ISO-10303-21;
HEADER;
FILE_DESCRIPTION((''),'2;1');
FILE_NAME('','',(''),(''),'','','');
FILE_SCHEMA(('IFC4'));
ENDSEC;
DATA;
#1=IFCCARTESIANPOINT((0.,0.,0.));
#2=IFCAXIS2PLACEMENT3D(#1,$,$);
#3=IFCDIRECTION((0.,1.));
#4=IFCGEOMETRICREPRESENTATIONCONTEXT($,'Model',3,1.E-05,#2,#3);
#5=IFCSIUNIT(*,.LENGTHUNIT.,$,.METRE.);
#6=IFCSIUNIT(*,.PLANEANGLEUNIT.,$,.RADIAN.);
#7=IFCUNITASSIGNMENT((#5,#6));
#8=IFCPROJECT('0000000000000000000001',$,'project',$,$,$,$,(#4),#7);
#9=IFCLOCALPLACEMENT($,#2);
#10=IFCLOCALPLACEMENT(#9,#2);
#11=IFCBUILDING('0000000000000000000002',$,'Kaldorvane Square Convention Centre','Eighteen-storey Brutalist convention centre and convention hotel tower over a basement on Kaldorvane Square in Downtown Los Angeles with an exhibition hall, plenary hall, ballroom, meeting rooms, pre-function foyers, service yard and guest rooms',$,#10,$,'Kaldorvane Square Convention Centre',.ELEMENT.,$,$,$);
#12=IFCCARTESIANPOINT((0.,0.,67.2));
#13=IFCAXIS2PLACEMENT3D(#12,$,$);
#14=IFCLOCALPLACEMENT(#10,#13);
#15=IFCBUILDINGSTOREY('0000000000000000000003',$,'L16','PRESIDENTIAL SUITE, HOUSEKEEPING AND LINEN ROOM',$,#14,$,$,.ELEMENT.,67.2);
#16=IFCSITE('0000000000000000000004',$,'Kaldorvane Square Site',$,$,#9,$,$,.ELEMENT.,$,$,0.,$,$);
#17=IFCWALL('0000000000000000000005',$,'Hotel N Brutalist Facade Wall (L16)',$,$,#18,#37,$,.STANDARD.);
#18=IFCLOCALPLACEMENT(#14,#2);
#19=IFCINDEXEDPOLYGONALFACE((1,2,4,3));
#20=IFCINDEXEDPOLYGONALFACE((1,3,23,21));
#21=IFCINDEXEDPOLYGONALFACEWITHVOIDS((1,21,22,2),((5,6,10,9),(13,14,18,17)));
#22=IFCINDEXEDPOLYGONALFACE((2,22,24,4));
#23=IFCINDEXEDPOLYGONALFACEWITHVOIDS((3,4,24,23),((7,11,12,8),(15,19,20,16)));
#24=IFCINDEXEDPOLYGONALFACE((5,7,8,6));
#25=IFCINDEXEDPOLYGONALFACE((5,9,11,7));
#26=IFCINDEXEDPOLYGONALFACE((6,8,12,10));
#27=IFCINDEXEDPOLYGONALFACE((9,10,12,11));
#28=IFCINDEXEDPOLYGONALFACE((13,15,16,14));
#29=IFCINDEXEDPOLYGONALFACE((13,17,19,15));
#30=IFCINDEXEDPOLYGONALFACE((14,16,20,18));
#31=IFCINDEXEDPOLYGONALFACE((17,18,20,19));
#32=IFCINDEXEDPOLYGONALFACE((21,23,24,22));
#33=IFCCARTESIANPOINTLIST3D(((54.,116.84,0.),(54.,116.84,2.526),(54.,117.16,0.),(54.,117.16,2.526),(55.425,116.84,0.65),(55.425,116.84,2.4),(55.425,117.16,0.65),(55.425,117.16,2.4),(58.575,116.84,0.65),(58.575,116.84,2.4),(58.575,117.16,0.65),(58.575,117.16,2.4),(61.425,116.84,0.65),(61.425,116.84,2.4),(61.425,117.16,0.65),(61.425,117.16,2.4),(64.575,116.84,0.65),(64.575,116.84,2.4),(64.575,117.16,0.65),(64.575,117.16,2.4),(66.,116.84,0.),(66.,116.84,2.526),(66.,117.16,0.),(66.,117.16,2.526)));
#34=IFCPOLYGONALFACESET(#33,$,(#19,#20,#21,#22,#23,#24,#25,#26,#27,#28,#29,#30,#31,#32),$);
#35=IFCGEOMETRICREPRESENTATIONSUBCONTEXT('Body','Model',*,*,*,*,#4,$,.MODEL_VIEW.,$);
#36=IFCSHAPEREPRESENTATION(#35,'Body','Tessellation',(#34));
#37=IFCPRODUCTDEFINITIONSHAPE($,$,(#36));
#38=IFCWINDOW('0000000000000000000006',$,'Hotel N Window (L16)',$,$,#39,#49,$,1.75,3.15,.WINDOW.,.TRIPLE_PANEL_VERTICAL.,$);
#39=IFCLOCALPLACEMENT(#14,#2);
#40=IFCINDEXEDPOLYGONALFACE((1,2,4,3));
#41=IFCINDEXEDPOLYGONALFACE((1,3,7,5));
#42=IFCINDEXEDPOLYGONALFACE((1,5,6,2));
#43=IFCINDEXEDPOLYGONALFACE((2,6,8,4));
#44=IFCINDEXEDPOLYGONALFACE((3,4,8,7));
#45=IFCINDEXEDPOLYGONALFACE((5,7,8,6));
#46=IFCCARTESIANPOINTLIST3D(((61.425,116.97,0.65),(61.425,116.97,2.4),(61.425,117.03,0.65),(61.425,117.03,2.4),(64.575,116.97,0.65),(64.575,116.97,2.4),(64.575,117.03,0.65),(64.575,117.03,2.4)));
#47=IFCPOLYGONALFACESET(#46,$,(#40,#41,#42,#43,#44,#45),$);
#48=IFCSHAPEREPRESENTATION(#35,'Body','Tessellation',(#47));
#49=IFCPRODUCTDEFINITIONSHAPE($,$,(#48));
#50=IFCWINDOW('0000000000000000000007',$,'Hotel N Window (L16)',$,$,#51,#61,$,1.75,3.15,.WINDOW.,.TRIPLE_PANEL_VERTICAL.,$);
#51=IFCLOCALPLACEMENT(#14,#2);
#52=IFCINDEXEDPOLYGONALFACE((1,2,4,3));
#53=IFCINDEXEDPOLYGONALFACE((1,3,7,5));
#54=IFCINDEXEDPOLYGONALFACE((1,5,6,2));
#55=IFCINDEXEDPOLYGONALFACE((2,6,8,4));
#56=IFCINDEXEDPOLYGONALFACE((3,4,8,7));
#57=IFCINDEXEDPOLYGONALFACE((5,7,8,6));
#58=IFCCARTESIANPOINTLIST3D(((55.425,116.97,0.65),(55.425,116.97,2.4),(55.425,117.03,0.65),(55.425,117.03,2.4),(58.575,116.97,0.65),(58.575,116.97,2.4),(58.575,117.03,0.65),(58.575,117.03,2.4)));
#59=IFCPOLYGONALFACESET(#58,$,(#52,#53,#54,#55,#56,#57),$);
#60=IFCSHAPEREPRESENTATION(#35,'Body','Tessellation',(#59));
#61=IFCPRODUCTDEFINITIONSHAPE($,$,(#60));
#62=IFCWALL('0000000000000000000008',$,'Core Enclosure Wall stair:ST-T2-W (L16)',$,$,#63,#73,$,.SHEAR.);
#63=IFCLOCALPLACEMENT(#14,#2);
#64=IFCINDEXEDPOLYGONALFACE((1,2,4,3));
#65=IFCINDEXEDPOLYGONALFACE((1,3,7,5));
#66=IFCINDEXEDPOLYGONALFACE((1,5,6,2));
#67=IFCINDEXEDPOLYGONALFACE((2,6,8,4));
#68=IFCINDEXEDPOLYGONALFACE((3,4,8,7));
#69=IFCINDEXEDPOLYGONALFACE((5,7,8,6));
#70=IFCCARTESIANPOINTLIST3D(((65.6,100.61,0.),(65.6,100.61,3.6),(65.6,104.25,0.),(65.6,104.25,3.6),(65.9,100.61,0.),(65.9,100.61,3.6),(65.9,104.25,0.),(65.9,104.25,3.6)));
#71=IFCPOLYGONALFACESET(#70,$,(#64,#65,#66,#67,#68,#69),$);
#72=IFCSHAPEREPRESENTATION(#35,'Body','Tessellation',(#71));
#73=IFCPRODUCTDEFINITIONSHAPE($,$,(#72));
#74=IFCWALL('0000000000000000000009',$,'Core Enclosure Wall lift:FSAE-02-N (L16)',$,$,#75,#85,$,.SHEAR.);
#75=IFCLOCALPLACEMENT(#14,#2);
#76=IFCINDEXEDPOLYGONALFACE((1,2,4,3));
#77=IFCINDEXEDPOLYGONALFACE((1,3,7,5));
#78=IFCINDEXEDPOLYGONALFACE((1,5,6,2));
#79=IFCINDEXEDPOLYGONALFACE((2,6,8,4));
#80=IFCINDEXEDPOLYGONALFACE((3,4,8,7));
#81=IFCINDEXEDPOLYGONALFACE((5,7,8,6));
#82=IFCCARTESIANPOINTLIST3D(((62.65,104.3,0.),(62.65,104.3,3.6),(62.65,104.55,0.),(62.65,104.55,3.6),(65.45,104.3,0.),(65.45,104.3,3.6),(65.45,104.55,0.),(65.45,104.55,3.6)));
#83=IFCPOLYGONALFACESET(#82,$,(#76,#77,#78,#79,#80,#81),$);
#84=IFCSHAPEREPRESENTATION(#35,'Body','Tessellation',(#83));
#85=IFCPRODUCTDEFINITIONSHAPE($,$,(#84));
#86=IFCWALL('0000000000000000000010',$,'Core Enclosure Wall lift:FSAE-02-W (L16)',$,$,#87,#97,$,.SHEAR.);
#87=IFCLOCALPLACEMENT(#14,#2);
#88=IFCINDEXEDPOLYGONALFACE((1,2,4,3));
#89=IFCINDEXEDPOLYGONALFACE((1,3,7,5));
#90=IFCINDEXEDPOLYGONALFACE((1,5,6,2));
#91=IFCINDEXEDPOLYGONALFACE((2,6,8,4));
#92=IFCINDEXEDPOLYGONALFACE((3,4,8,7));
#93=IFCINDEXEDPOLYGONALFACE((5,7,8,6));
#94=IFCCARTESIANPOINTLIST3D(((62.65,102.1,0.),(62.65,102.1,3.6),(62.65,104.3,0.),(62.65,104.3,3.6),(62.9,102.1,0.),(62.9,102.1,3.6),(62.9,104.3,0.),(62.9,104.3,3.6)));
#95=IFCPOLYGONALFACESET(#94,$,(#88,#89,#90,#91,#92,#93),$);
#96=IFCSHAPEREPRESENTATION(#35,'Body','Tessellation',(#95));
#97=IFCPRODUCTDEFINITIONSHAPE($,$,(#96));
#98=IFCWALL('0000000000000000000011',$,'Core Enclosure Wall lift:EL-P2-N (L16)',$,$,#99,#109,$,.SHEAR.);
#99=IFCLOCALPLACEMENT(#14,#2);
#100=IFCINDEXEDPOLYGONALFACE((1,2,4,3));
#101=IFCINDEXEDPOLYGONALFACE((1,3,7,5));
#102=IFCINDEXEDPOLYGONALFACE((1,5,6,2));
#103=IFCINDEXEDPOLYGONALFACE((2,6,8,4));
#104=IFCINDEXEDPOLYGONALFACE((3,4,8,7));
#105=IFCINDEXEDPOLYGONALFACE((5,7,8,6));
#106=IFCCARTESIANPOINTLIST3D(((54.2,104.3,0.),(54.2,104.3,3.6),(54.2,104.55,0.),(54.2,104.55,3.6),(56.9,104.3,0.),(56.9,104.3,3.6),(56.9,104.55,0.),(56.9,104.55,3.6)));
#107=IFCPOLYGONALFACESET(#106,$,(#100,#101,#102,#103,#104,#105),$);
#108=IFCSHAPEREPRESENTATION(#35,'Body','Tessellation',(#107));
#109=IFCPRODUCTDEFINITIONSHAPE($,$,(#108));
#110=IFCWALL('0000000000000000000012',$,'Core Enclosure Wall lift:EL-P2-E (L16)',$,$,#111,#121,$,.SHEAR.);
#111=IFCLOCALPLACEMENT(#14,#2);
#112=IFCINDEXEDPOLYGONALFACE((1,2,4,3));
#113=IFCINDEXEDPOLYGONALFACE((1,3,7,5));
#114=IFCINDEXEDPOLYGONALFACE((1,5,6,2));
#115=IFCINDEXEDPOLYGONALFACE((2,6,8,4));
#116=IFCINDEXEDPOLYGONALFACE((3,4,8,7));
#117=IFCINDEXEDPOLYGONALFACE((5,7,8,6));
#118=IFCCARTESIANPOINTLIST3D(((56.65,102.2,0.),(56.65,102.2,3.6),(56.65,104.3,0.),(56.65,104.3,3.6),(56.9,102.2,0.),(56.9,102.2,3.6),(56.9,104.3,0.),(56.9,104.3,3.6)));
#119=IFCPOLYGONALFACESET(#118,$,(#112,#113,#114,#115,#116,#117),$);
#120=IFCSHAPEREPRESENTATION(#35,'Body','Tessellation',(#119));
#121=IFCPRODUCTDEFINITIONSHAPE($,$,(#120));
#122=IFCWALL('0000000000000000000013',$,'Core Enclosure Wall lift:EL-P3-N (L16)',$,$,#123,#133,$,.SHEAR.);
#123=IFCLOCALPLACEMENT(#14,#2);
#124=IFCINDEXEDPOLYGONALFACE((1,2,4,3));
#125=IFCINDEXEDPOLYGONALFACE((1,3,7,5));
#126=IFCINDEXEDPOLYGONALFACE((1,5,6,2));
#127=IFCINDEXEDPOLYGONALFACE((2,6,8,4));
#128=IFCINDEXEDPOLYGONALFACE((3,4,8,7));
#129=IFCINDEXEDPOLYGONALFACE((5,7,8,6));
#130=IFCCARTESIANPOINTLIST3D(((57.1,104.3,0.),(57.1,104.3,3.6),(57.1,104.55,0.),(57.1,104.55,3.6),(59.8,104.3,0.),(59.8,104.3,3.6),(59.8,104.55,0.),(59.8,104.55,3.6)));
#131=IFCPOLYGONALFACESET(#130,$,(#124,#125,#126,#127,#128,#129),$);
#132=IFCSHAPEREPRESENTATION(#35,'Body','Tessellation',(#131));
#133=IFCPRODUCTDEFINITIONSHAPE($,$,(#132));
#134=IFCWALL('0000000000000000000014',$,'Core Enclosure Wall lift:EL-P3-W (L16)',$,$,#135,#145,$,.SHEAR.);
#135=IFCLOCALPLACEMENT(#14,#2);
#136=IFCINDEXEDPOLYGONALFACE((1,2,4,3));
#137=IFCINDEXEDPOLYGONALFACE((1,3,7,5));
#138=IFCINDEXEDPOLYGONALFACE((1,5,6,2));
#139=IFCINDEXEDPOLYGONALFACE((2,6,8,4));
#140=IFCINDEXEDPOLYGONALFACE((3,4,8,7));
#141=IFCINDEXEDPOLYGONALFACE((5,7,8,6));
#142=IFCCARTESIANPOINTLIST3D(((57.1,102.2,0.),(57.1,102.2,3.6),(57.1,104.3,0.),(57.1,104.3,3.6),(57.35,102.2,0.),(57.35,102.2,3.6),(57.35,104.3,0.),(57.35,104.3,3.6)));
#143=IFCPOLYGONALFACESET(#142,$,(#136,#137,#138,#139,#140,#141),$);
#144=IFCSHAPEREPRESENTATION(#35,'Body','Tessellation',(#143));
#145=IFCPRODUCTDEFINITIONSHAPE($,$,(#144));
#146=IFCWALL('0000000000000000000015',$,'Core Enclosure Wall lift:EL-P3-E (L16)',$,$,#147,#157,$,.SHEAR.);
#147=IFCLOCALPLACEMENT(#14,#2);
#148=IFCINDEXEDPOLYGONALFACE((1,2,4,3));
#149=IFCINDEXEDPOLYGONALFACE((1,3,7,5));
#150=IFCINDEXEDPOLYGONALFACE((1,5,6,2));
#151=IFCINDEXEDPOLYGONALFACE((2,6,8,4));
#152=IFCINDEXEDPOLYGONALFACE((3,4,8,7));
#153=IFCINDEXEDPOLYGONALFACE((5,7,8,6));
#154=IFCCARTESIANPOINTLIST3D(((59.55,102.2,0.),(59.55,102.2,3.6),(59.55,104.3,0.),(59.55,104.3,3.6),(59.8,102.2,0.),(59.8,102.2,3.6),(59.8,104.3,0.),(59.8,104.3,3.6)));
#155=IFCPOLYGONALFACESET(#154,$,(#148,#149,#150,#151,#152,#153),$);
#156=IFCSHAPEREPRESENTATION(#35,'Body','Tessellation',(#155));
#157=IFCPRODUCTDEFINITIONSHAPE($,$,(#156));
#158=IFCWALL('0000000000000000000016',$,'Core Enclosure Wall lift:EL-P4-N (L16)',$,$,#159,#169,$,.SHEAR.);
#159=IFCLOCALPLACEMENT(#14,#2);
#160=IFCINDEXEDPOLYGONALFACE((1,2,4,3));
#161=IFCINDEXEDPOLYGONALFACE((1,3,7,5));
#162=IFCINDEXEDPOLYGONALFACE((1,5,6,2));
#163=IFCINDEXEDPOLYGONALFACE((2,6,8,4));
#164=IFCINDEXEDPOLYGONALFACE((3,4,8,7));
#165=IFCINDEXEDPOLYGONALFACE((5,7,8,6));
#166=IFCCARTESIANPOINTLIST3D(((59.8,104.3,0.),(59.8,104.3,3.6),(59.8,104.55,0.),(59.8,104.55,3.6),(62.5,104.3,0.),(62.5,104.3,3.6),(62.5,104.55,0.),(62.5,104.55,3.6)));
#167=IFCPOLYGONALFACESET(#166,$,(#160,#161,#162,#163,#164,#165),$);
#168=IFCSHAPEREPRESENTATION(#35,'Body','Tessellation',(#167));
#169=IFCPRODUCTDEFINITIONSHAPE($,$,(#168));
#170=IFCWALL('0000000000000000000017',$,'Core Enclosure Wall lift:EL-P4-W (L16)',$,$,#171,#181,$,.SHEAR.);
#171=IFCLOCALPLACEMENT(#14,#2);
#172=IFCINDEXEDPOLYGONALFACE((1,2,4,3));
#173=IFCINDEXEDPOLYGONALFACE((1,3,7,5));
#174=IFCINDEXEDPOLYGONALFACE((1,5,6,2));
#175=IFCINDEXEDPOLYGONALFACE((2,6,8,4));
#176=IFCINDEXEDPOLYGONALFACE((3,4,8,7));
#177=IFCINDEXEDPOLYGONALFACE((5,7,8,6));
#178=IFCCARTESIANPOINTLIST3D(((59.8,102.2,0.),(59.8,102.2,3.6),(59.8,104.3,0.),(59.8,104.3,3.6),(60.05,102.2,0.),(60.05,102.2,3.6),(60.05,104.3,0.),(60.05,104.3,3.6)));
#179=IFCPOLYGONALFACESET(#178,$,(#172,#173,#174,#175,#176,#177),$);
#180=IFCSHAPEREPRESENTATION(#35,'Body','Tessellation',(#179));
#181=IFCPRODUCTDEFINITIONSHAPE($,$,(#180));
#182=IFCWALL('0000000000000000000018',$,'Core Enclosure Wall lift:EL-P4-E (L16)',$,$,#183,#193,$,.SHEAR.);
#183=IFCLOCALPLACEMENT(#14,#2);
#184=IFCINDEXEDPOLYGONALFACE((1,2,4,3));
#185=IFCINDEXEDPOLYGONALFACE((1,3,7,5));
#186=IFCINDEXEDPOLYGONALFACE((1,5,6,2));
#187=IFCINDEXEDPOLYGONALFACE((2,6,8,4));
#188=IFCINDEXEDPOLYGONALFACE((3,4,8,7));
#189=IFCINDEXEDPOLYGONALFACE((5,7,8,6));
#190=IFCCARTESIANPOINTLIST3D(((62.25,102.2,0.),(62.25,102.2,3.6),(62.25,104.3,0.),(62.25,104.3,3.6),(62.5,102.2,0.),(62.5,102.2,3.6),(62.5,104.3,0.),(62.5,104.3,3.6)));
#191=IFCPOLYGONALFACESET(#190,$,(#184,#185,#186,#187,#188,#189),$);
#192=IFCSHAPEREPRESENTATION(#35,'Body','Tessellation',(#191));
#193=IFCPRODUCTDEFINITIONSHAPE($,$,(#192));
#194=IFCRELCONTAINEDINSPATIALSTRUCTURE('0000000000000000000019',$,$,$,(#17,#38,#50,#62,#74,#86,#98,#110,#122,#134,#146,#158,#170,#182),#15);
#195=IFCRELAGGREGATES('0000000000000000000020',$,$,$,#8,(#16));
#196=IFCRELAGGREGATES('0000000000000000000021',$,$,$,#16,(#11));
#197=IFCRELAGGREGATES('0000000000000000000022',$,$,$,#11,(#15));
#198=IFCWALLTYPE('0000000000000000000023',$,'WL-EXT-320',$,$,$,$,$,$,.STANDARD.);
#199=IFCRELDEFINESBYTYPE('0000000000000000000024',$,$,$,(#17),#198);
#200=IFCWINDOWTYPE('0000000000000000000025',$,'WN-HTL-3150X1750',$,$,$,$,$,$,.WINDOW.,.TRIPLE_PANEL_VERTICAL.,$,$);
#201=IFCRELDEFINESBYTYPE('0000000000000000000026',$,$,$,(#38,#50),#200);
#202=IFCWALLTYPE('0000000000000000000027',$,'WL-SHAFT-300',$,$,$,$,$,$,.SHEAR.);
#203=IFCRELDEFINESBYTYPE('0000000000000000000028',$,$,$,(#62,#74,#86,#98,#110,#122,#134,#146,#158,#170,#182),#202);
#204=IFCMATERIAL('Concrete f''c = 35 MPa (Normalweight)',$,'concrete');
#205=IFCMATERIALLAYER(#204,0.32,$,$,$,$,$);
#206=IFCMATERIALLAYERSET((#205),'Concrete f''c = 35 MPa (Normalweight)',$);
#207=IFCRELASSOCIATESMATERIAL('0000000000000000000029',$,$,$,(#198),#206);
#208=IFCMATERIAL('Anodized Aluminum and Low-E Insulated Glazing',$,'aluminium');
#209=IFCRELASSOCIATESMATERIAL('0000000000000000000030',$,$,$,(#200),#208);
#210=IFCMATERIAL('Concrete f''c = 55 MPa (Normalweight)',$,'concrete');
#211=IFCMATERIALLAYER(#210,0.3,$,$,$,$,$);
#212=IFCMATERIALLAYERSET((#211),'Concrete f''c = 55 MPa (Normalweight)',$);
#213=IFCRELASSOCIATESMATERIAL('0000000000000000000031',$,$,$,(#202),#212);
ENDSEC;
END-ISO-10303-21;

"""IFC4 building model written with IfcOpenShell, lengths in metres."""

from ifc_helpers import new_model, si_unit, direction, frame, frame_2d, origin, place, context, subcontext, project, spatial, rectangle, extrude, material, layer, layer_set, type_object, element, fill, save


model = new_model("IFC4")

# Units and contexts
model_context = context("Model", 3, precision=1e-05, world=origin(), true_north=direction((0.0, 1.0)))
body_context = subcontext(model_context, "Body", "Model", "MODEL_VIEW")
ifc_project = project(units=[si_unit("LENGTHUNIT", "METRE"), si_unit("PLANEANGLEUNIT", "RADIAN")], contexts=[model_context])

# Site, building, storey
site_placement = place(None, origin())
site = spatial("IfcSite", under=ifc_project, at=site_placement, Name="Kaldorvane Square Site", CompositionType="ELEMENT", RefElevation=0.0)
building_placement = place(site_placement, origin())
building = spatial("IfcBuilding", under=site, at=building_placement, Name="Kaldorvane Square Convention Centre", Description="Eighteen-storey Brutalist convention centre and convention hotel tower over a basement on Kaldorvane Square in Downtown Los Angeles with an exhibition hall, plenary hall, ballroom, meeting rooms, pre-function foyers, service yard and guest rooms", LongName="Kaldorvane Square Convention Centre", CompositionType="ELEMENT")
storey_placement = place(building_placement, frame((0.0, 0.0, 67.2)))
storey = spatial("IfcBuildingStorey", under=building, at=storey_placement, Name="L16", Description="PRESIDENTIAL SUITE, HOUSEKEEPING AND LINEN ROOM", CompositionType="ELEMENT", Elevation=67.2)

# Wall, openings, windows
ifc_material_1 = material(Name="Concrete f'c = 35 MPa (Normalweight)", Category="concrete")
ifc_layer_1 = layer(ifc_material_1, 0.32)
ifc_layer_set_1 = layer_set([ifc_layer_1], Name="Concrete f'c = 35 MPa (Normalweight)")
wall_type_1 = type_object("IfcWallType", Name="WL-EXT-320", PredefinedType="STANDARD", material=ifc_layer_set_1)
wall_1_placement = place(storey_placement, frame((66.0, 117.0, 0.0), z_axis=(0.0, 0.0, 1.0), x_axis=(-1.0, 0.0, 0.0)))
wall_1 = element("IfcWall", 1, at=wall_1_placement, inside=storey, type_object=wall_type_1, Name="Hotel N Brutalist Facade Wall (L16)", PredefinedType="STANDARD", context=body_context, shape_type="SweptSolid", body=[
    extrude(rectangle(XDim=12.0, YDim=0.32, at=frame_2d((6.0, 0.0))), origin(), (0.0, 0.0, 1.0), 2.526),
])
opening_1_placement = place(wall_1_placement, frame((1.425, 0.0, 0.65)))
opening_1 = element("IfcOpeningElement", 2, at=opening_1_placement, cuts=wall_1, PredefinedType="OPENING", context=body_context, shape_type="SweptSolid", body=[
    extrude(rectangle(XDim=3.15, YDim=1.75, at=frame_2d((1.575, 0.875))), frame((0.0, 0.175, 0.0), z_axis=(0.0, -1.0, 0.0), x_axis=(1.0, 0.0, 0.0)), (0.0, 0.0, 1.0), 0.35),
])
opening_2_placement = place(wall_1_placement, frame((7.425, 0.0, 0.65)))
opening_2 = element("IfcOpeningElement", 3, at=opening_2_placement, cuts=wall_1, PredefinedType="OPENING", context=body_context, shape_type="SweptSolid", body=[
    extrude(rectangle(XDim=3.15, YDim=1.75, at=frame_2d((1.575, 0.875))), frame((0.0, 0.175, 0.0), z_axis=(0.0, -1.0, 0.0), x_axis=(1.0, 0.0, 0.0)), (0.0, 0.0, 1.0), 0.35),
])
ifc_material_2 = material(Name="Anodized Aluminum and Low-E Insulated Glazing", Category="aluminium")
window_type = type_object("IfcWindowType", Name="WN-HTL-3150X1750", PartitioningType="TRIPLE_PANEL_VERTICAL", PredefinedType="WINDOW", material=ifc_material_2)
window_1_placement = place(opening_1_placement, origin())
window_1 = element("IfcWindow", 4, at=window_1_placement, inside=storey, type_object=window_type, Name="Hotel N Window (L16)", OverallHeight=1.75, OverallWidth=3.15, PartitioningType="TRIPLE_PANEL_VERTICAL", PredefinedType="WINDOW", context=body_context, shape_type="SweptSolid", body=[
    extrude(rectangle(XDim=3.15, YDim=1.75, at=frame_2d((1.575, 0.875))), frame((0.0, 0.03, 0.0), z_axis=(0.0, -1.0, 0.0), x_axis=(1.0, 0.0, 0.0)), (0.0, 0.0, 1.0), 0.06),
])
fill(opening_1, window_1)
window_2_placement = place(opening_2_placement, origin())
window_2 = element("IfcWindow", 5, at=window_2_placement, inside=storey, type_object=window_type, Name="Hotel N Window (L16)", OverallHeight=1.75, OverallWidth=3.15, PartitioningType="TRIPLE_PANEL_VERTICAL", PredefinedType="WINDOW", context=body_context, shape_type="SweptSolid", body=[
    extrude(rectangle(XDim=3.15, YDim=1.75, at=frame_2d((1.575, 0.875))), frame((0.0, 0.03, 0.0), z_axis=(0.0, -1.0, 0.0), x_axis=(1.0, 0.0, 0.0)), (0.0, 0.0, 1.0), 0.06),
])
fill(opening_2, window_2)

# Walls
ifc_material_3 = material(Name="Concrete f'c = 55 MPa (Normalweight)", Category="concrete")
ifc_layer_2 = layer(ifc_material_3, 0.3)
ifc_layer_set_2 = layer_set([ifc_layer_2], Name="Concrete f'c = 55 MPa (Normalweight)")
wall_type_2 = type_object("IfcWallType", Name="WL-SHAFT-300", PredefinedType="SHEAR", material=ifc_layer_set_2)
wall_2_placement = place(storey_placement, frame((65.75, 104.25, 0.0), z_axis=(0.0, 0.0, 1.0), x_axis=(0.0, -1.0, 0.0)))
element("IfcWall", 6, at=wall_2_placement, inside=storey, type_object=wall_type_2, Name="Core Enclosure Wall stair:ST-T2-W (L16)", PredefinedType="SHEAR", context=body_context, shape_type="SweptSolid", body=[
    extrude(rectangle(XDim=3.64, YDim=0.3, at=frame_2d((1.82, 0.0))), origin(), (0.0, 0.0, 1.0), 3.6),
])
wall_3_placement = place(storey_placement, frame((65.45, 104.425, 0.0), z_axis=(0.0, 0.0, 1.0), x_axis=(-1.0, 0.0, 0.0)))
element("IfcWall", 7, at=wall_3_placement, inside=storey, type_object=wall_type_2, Name="Core Enclosure Wall lift:FSAE-02-N (L16)", PredefinedType="SHEAR", context=body_context, shape_type="SweptSolid", body=[
    extrude(rectangle(XDim=2.8, YDim=0.25, at=frame_2d((1.4, 0.0))), origin(), (0.0, 0.0, 1.0), 3.6),
])
wall_4_placement = place(storey_placement, frame((62.775, 104.3, 0.0), z_axis=(0.0, 0.0, 1.0), x_axis=(0.0, -1.0, 0.0)))
element("IfcWall", 8, at=wall_4_placement, inside=storey, type_object=wall_type_2, Name="Core Enclosure Wall lift:FSAE-02-W (L16)", PredefinedType="SHEAR", context=body_context, shape_type="SweptSolid", body=[
    extrude(rectangle(XDim=2.2, YDim=0.25, at=frame_2d((1.1, 0.0))), origin(), (0.0, 0.0, 1.0), 3.6),
])
wall_5_placement = place(storey_placement, frame((56.9, 104.425, 0.0), z_axis=(0.0, 0.0, 1.0), x_axis=(-1.0, 0.0, 0.0)))
element("IfcWall", 9, at=wall_5_placement, inside=storey, type_object=wall_type_2, Name="Core Enclosure Wall lift:EL-P2-N (L16)", PredefinedType="SHEAR", context=body_context, shape_type="SweptSolid", body=[
    extrude(rectangle(XDim=2.7, YDim=0.25, at=frame_2d((1.35, 0.0))), origin(), (0.0, 0.0, 1.0), 3.6),
])
wall_6_placement = place(storey_placement, frame((56.775, 102.2, 0.0), z_axis=(0.0, 0.0, 1.0), x_axis=(0.0, 1.0, 0.0)))
element("IfcWall", 10, at=wall_6_placement, inside=storey, type_object=wall_type_2, Name="Core Enclosure Wall lift:EL-P2-E (L16)", PredefinedType="SHEAR", context=body_context, shape_type="SweptSolid", body=[
    extrude(rectangle(XDim=2.1, YDim=0.25, at=frame_2d((1.05, 0.0))), origin(), (0.0, 0.0, 1.0), 3.6),
])
wall_7_placement = place(storey_placement, frame((59.8, 104.425, 0.0), z_axis=(0.0, 0.0, 1.0), x_axis=(-1.0, 0.0, 0.0)))
element("IfcWall", 11, at=wall_7_placement, inside=storey, type_object=wall_type_2, Name="Core Enclosure Wall lift:EL-P3-N (L16)", PredefinedType="SHEAR", context=body_context, shape_type="SweptSolid", body=[
    extrude(rectangle(XDim=2.7, YDim=0.25, at=frame_2d((1.35, 0.0))), origin(), (0.0, 0.0, 1.0), 3.6),
])
for number, where, z_axis, x_axis, name in (
    (12, (57.225, 104.3, 0.0), (0.0, 0.0, 1.0), (0.0, -1.0, 0.0), "Core Enclosure Wall lift:EL-P3-W (L16)"),
    (13, (59.675, 102.2, 0.0), (0.0, 0.0, 1.0), (0.0, 1.0, 0.0), "Core Enclosure Wall lift:EL-P3-E (L16)"),
):
    element("IfcWall", number, at=place(storey_placement, frame(where, z_axis=z_axis, x_axis=x_axis)), inside=storey, type_object=wall_type_2, Name=name, PredefinedType="SHEAR", context=body_context, shape_type="SweptSolid", body=[
        extrude(rectangle(XDim=2.1, YDim=0.25, at=frame_2d((1.05, 0.0))), origin(), (0.0, 0.0, 1.0), 3.6),
    ])
wall_8_placement = place(storey_placement, frame((62.5, 104.425, 0.0), z_axis=(0.0, 0.0, 1.0), x_axis=(-1.0, 0.0, 0.0)))
element("IfcWall", 14, at=wall_8_placement, inside=storey, type_object=wall_type_2, Name="Core Enclosure Wall lift:EL-P4-N (L16)", PredefinedType="SHEAR", context=body_context, shape_type="SweptSolid", body=[
    extrude(rectangle(XDim=2.7, YDim=0.25, at=frame_2d((1.35, 0.0))), origin(), (0.0, 0.0, 1.0), 3.6),
])
for number, where, z_axis, x_axis, name in (
    (15, (59.925, 104.3, 0.0), (0.0, 0.0, 1.0), (0.0, -1.0, 0.0), "Core Enclosure Wall lift:EL-P4-W (L16)"),
    (16, (62.375, 102.2, 0.0), (0.0, 0.0, 1.0), (0.0, 1.0, 0.0), "Core Enclosure Wall lift:EL-P4-E (L16)"),
):
    element("IfcWall", number, at=place(storey_placement, frame(where, z_axis=z_axis, x_axis=x_axis)), inside=storey, type_object=wall_type_2, Name=name, PredefinedType="SHEAR", context=body_context, shape_type="SweptSolid", body=[
        extrude(rectangle(XDim=2.1, YDim=0.25, at=frame_2d((1.05, 0.0))), origin(), (0.0, 0.0, 1.0), 3.6),
    ])

save(model, "model.ifc")
